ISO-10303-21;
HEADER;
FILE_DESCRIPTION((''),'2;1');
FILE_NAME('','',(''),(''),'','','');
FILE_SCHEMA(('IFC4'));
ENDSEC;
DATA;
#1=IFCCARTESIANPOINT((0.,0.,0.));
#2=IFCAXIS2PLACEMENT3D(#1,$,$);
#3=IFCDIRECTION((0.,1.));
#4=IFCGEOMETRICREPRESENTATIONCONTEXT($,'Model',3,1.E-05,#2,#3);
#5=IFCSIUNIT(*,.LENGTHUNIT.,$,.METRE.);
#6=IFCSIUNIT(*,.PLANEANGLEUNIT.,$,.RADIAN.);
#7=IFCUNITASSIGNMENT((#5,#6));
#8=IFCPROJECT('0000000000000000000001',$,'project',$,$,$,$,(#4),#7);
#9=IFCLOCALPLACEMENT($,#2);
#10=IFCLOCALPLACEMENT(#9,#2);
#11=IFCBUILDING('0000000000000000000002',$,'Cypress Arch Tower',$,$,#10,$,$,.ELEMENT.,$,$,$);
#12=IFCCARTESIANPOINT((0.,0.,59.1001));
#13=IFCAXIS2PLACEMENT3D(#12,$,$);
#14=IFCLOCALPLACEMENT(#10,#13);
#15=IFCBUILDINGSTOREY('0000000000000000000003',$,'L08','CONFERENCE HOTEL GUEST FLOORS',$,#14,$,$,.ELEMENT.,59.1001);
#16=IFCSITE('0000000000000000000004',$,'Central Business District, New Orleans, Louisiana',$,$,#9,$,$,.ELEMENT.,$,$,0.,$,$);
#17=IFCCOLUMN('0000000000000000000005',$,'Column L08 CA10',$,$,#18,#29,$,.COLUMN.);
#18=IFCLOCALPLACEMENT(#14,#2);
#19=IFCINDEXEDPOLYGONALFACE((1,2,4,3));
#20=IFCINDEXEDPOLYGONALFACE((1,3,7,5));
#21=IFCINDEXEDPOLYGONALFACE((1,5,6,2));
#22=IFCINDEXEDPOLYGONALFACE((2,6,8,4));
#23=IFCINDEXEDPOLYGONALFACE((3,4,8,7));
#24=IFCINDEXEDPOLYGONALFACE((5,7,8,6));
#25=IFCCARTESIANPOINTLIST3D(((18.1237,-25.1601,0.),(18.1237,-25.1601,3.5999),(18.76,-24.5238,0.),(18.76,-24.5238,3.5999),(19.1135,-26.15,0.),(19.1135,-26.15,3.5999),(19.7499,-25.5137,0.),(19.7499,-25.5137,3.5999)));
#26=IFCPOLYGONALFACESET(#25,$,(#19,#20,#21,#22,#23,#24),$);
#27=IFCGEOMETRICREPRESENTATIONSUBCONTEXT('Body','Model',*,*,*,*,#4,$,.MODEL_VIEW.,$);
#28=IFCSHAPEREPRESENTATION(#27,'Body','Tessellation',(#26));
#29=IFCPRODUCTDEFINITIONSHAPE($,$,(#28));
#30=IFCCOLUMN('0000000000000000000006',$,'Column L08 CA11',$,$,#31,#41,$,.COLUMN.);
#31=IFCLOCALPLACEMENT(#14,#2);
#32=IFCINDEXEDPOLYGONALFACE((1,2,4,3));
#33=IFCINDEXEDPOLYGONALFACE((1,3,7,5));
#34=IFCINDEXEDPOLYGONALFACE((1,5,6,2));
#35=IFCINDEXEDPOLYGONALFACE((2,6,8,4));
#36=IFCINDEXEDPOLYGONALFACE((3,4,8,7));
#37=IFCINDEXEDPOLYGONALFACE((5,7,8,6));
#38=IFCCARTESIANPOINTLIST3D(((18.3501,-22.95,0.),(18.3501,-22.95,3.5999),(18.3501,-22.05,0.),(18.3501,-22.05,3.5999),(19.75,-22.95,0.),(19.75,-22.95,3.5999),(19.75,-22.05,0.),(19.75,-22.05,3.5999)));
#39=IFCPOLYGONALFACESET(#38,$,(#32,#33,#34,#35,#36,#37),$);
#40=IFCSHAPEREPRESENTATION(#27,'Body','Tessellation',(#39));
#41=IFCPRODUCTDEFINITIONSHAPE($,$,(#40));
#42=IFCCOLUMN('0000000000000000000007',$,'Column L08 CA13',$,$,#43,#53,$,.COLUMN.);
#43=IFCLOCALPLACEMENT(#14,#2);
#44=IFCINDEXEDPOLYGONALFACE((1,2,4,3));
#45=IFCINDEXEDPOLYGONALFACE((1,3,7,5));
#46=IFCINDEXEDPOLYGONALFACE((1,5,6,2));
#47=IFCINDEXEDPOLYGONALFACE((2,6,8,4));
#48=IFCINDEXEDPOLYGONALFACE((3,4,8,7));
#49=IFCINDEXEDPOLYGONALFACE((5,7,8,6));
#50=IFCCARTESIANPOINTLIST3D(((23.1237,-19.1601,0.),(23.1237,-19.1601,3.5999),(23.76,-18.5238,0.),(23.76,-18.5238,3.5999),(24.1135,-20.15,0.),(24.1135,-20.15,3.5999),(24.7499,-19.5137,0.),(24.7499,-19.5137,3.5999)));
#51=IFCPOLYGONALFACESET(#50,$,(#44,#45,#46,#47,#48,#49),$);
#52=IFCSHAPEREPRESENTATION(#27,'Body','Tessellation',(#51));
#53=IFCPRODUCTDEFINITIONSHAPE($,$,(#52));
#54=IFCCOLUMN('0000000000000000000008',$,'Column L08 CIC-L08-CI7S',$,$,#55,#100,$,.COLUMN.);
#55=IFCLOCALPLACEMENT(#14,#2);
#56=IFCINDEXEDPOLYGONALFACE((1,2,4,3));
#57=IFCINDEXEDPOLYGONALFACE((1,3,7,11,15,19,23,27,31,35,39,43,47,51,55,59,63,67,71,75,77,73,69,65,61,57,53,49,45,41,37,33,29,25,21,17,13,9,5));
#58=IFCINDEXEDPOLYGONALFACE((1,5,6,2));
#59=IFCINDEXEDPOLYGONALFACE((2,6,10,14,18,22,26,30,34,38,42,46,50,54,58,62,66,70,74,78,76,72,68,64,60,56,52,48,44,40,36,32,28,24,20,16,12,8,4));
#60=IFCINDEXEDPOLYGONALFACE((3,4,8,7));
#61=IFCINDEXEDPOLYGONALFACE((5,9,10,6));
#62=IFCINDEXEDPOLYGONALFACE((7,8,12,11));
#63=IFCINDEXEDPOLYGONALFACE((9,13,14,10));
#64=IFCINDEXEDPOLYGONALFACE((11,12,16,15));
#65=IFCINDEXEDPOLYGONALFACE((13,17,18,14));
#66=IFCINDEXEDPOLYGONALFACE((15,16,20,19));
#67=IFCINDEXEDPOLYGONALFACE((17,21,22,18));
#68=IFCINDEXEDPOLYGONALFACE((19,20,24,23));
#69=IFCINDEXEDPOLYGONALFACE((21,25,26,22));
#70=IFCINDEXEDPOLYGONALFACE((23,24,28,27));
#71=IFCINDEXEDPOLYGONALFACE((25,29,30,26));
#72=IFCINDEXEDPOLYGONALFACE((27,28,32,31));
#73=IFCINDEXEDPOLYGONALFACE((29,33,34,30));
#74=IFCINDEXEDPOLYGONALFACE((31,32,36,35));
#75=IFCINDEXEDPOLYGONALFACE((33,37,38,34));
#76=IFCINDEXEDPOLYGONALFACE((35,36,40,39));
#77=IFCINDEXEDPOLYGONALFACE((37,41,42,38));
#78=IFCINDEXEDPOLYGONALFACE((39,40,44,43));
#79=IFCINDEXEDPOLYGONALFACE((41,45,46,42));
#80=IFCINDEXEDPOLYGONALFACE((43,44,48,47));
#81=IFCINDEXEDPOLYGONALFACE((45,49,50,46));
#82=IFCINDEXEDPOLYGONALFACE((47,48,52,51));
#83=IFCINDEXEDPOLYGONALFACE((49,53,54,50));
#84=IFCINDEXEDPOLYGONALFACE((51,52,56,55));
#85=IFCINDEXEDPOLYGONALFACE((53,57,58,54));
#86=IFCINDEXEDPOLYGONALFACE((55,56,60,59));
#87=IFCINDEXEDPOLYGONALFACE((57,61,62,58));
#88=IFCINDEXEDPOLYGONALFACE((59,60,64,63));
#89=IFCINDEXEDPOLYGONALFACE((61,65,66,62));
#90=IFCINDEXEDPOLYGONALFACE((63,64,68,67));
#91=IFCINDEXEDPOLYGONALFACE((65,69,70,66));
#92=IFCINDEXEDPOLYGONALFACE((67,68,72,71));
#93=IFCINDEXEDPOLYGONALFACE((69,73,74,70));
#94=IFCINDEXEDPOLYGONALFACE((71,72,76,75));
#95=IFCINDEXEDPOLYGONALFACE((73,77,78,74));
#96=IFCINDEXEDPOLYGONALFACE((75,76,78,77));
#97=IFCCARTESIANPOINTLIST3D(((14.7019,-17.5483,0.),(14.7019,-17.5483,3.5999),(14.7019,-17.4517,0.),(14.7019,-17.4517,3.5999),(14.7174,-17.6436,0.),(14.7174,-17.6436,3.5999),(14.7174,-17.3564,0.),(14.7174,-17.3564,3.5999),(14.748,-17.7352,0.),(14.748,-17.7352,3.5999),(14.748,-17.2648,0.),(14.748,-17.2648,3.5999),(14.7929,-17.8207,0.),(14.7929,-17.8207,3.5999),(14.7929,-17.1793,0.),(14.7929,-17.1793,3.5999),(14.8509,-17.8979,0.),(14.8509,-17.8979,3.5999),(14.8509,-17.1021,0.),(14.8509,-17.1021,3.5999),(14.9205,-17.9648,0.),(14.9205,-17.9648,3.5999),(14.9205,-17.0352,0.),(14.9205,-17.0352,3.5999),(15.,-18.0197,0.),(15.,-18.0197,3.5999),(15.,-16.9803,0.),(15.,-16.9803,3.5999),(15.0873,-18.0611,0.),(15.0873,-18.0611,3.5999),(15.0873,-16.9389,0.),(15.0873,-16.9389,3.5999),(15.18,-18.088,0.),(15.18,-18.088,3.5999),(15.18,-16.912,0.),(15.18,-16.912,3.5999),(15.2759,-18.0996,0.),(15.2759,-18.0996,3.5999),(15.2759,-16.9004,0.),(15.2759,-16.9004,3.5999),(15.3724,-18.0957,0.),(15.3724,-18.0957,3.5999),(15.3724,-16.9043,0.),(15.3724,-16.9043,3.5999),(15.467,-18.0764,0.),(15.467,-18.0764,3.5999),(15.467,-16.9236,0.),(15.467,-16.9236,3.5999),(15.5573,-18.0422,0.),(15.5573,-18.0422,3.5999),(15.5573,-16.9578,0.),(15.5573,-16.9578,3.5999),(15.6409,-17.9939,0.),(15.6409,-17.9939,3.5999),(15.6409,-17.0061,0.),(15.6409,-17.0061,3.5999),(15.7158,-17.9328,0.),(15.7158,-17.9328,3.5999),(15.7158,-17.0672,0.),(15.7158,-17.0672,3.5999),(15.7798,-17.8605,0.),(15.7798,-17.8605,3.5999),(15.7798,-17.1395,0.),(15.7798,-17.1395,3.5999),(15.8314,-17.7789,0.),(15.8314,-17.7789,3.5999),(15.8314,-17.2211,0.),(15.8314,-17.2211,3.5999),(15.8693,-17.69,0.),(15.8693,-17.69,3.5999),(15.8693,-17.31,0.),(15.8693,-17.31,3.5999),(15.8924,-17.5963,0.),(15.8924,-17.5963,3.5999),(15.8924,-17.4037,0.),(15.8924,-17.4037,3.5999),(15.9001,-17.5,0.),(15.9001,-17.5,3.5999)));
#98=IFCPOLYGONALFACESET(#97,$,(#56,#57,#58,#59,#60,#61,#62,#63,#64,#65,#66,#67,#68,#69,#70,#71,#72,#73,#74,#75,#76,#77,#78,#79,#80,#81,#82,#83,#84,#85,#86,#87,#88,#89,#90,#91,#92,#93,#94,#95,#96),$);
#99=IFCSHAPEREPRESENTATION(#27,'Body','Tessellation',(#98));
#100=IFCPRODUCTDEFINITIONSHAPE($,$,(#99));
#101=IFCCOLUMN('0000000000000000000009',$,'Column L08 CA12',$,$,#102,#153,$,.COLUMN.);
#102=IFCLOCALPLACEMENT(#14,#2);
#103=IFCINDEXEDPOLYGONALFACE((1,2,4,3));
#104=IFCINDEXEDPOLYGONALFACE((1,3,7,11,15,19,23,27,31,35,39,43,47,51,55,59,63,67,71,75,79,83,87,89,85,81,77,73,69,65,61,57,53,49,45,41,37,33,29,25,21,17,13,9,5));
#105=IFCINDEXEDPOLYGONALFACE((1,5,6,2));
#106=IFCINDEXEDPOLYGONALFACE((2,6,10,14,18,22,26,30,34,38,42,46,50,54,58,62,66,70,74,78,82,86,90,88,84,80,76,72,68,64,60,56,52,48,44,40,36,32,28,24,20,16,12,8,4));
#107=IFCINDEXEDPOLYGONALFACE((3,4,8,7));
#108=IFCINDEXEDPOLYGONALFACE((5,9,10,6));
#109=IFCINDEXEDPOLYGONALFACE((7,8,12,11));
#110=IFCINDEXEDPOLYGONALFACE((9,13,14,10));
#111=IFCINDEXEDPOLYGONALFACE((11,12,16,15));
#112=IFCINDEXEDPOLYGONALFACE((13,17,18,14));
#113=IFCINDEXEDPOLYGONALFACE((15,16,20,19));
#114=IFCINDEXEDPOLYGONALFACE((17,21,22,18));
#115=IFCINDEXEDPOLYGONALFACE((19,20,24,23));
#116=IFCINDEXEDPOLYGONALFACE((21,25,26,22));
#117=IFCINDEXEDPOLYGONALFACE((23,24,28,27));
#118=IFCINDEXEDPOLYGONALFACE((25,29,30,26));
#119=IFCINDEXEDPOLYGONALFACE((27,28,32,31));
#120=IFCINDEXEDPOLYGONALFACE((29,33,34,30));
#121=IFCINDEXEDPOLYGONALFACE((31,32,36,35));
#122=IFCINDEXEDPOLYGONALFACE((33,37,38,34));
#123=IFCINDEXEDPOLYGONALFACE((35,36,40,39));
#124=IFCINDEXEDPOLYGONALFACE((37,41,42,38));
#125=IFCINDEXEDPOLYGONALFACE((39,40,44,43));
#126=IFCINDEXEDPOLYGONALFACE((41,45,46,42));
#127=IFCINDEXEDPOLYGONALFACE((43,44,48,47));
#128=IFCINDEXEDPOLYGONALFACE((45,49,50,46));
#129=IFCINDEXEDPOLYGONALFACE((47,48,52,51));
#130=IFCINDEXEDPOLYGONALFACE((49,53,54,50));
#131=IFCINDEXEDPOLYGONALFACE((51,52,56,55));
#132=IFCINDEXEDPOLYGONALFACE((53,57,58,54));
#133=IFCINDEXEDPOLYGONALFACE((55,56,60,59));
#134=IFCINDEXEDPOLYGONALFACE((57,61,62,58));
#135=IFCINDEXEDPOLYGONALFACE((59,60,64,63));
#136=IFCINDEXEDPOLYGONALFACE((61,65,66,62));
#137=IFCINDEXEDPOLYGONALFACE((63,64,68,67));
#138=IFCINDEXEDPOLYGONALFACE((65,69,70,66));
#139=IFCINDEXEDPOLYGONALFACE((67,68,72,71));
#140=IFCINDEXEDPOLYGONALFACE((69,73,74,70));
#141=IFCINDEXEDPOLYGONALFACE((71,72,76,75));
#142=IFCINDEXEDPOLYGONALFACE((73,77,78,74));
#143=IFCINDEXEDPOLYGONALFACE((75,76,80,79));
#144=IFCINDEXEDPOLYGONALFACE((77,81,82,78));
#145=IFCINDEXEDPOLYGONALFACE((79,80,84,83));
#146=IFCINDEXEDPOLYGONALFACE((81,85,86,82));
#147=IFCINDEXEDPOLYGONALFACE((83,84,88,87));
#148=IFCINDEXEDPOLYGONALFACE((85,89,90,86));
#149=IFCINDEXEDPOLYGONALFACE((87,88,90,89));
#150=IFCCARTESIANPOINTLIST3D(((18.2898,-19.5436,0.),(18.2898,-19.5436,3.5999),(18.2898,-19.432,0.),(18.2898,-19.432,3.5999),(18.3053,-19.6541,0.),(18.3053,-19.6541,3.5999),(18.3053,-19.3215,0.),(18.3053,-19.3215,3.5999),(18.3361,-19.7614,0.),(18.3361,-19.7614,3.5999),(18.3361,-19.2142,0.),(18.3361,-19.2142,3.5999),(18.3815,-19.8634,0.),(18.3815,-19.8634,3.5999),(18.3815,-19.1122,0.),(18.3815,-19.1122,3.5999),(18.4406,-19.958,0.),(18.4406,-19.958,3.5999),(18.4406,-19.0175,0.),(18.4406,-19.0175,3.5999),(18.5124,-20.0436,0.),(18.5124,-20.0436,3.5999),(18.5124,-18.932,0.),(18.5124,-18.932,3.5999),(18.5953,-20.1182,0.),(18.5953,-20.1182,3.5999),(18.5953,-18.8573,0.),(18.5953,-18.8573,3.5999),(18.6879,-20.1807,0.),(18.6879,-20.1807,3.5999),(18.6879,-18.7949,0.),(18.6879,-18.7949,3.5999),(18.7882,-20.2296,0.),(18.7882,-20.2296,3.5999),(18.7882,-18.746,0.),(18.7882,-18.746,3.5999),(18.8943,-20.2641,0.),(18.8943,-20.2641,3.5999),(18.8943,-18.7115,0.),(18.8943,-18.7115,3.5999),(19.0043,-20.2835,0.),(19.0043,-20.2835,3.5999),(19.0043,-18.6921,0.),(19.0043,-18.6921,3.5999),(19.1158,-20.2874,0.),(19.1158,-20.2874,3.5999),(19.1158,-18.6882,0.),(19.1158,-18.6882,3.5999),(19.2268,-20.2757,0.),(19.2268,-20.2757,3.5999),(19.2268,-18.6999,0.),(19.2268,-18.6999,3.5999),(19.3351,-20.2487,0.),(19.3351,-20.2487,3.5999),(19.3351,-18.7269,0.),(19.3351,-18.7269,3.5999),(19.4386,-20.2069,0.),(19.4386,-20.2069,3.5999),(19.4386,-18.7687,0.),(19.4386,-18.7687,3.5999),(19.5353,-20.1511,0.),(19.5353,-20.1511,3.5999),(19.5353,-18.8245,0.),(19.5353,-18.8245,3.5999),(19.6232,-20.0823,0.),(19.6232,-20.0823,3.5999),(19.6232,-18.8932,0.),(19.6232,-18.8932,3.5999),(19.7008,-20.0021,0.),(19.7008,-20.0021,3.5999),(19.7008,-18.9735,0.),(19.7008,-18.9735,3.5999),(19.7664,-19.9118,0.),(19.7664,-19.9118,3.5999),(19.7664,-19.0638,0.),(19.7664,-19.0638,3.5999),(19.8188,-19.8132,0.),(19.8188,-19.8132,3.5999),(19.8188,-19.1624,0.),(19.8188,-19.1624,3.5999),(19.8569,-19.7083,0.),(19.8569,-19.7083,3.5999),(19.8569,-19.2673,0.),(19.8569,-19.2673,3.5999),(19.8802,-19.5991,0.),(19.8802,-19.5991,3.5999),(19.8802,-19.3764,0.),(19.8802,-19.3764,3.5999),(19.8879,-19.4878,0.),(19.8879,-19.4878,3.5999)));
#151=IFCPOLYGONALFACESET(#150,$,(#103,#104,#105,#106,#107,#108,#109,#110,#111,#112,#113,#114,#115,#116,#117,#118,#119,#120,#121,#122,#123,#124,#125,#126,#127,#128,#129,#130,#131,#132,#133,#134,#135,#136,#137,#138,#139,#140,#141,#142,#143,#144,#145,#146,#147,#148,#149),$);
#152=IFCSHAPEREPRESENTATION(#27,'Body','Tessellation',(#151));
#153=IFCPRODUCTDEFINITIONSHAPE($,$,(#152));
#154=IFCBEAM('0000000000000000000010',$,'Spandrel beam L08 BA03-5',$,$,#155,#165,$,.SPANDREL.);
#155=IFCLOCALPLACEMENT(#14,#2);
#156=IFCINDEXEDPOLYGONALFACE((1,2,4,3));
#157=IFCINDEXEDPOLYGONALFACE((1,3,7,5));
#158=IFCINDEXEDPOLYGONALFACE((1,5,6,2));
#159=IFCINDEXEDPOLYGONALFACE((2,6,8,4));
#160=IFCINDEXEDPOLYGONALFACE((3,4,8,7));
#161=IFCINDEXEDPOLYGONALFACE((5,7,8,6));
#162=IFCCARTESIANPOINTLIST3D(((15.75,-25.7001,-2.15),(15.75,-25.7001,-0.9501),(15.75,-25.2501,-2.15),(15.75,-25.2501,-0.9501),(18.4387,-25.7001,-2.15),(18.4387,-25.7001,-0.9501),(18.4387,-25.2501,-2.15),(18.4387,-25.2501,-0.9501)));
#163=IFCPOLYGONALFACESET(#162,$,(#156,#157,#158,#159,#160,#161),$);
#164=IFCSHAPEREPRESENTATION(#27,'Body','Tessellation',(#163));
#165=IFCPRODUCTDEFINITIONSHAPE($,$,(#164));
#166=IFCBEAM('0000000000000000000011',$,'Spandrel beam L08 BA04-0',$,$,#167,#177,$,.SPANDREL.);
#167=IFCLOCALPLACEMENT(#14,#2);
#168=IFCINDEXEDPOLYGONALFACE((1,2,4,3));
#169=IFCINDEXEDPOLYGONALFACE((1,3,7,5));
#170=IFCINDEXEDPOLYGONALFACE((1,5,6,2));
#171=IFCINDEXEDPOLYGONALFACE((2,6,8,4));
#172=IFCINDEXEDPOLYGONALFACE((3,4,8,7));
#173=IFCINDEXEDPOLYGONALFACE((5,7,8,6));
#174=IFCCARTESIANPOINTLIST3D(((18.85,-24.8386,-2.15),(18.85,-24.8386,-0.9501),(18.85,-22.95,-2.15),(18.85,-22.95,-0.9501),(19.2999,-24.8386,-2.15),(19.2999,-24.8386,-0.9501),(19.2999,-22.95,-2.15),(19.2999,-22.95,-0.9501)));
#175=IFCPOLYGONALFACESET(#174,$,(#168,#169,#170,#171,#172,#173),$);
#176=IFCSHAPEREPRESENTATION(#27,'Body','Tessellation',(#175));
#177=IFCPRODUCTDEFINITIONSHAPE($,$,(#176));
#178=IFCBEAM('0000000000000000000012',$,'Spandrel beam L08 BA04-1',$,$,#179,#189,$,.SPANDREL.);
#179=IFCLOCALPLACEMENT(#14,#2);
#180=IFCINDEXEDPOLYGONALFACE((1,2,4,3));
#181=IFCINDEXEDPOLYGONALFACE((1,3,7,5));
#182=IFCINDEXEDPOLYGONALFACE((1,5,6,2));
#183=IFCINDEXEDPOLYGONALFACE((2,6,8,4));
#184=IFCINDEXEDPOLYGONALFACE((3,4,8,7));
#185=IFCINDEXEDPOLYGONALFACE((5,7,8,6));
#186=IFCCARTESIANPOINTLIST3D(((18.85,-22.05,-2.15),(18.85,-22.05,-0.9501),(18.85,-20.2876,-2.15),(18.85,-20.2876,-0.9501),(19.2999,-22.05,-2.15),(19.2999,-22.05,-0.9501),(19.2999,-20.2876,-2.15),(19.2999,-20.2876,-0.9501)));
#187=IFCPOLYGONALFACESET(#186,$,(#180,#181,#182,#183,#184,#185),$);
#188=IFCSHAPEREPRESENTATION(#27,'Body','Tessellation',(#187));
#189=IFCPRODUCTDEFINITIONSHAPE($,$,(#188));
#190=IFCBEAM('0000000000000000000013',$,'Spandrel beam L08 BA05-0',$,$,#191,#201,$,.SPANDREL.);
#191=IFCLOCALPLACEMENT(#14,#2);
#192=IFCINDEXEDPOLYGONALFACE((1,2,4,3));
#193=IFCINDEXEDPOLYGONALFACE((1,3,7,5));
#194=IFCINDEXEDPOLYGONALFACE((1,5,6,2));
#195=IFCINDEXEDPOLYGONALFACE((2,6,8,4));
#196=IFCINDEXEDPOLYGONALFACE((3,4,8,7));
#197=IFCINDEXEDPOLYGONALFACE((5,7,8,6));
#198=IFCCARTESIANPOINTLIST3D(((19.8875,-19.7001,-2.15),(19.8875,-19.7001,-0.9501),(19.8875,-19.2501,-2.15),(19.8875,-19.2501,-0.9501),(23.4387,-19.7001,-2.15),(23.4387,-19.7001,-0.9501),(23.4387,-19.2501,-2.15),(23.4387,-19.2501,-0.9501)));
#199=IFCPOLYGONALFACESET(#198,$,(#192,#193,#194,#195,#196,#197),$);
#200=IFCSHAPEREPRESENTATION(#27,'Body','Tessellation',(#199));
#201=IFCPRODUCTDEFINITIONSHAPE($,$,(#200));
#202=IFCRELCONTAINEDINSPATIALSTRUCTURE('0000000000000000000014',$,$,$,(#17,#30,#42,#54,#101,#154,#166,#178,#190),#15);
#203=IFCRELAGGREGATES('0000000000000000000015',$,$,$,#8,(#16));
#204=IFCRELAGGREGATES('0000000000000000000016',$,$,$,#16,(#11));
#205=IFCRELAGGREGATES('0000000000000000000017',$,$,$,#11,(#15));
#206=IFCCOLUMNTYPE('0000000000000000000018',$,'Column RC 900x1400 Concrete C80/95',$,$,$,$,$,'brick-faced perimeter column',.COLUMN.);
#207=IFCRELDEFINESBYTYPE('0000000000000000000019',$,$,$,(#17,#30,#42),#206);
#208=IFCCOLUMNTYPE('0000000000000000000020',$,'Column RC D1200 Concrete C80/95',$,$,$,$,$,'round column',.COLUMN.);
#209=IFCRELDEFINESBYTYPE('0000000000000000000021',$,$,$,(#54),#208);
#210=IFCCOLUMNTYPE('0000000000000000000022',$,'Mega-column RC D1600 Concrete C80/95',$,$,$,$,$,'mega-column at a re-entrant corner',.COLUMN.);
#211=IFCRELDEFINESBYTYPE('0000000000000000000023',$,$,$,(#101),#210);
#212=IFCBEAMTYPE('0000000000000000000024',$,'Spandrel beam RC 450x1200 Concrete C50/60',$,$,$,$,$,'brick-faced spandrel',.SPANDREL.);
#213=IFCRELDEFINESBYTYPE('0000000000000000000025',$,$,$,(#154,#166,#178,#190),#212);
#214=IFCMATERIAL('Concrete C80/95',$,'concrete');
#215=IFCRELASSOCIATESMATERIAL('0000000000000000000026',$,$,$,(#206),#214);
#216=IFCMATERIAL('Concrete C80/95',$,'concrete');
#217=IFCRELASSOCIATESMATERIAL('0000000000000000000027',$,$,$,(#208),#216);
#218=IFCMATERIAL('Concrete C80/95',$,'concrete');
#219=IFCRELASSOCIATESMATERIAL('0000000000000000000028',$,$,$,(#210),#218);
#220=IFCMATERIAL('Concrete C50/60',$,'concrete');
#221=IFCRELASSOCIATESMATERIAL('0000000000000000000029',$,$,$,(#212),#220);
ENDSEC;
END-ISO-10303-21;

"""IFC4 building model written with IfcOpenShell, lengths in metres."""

from ifc_helpers import new_model, si_unit, direction, frame, origin, origin_2d, place, context, subcontext, project, spatial, rectangle, circle, extrude, material, material_profile, profile_set, type_object, element, save


model = new_model("IFC4")

# Units and contexts
model_context = context("Model", 3, precision=1e-05, world=origin(), true_north=direction((0.0, 1.0)))
body_context = subcontext(model_context, "Body", "Model", "MODEL_VIEW")
ifc_project = project(units=[si_unit("LENGTHUNIT", "METRE"), si_unit("PLANEANGLEUNIT", "RADIAN")], contexts=[model_context])

# Site, building, storey
site_placement = place(None, origin())
site = spatial("IfcSite", under=ifc_project, at=site_placement, Name="Central Business District, New Orleans, Louisiana", CompositionType="ELEMENT", RefElevation=0.0)
building_placement = place(site_placement, origin())
building = spatial("IfcBuilding", under=site, at=building_placement, Name="Cypress Arch Tower", CompositionType="ELEMENT")
storey_placement = place(building_placement, frame((0.0, 0.0, 59.1001)))
storey = spatial("IfcBuildingStorey", under=building, at=storey_placement, Name="L08", Description="CONFERENCE HOTEL GUEST FLOORS", CompositionType="ELEMENT", Elevation=59.1001)

# Columns
ifc_material_1 = material(Name="Concrete C80/95", Category="concrete")
ifc_material_profile_1 = material_profile(ifc_material_1, rectangle(XDim=0.8999, YDim=1.3999, at=origin_2d()), Name="RC 900x1400")
ifc_profile_set_1 = profile_set([ifc_material_profile_1], Name="Concrete C80/95")
column_type_1 = type_object("IfcColumnType", Name="Column RC 900x1400 Concrete C80/95", ElementType="brick-faced perimeter column", PredefinedType="COLUMN", material=ifc_profile_set_1)
for number, where, z_axis, x_axis, name in (
    (1, (18.9368, -25.3369, 0.0), (0.0, 0.0, 1.0), (0.707107, 0.707107, 0.0), "Column L08 CA10"),
    (2, (19.05, -22.5, 0.0), (0.0, 0.0, 1.0), (0.0, 1.0, 0.0), "Column L08 CA11"),
    (3, (23.9368, -19.3369, 0.0), (0.0, 0.0, 1.0), (0.707107, 0.707107, 0.0), "Column L08 CA13"),
):
    element("IfcColumn", number, at=place(storey_placement, frame(where, z_axis=z_axis, x_axis=x_axis)), inside=storey, type_object=column_type_1, Name=name, PredefinedType="COLUMN", context=body_context, shape_type="SweptSolid", body=[
        extrude(rectangle(XDim=0.8999, YDim=1.3999, at=origin_2d()), origin(), (0.0, 0.0, 1.0), 3.5999),
    ])
ifc_material_2 = material(Name="Concrete C80/95", Category="concrete")
ifc_material_profile_2 = material_profile(ifc_material_2, circle(Radius=0.6001, at=origin_2d()), Name="RC D1200")
ifc_profile_set_2 = profile_set([ifc_material_profile_2], Name="Concrete C80/95")
column_type_2 = type_object("IfcColumnType", Name="Column RC D1200 Concrete C80/95", ElementType="round column", PredefinedType="COLUMN", material=ifc_profile_set_2)
column_1_placement = place(storey_placement, frame((15.3, -17.5, 0.0), z_axis=(0.0, 0.0, 1.0), x_axis=(1.0, 0.0, 0.0)))
element("IfcColumn", 4, at=column_1_placement, inside=storey, type_object=column_type_2, Name="Column L08 CIC-L08-CI7S", PredefinedType="COLUMN", context=body_context, shape_type="SweptSolid", body=[
    extrude(circle(Radius=0.6001, at=origin_2d()), origin(), (0.0, 0.0, 1.0), 3.5999),
])
ifc_material_3 = material(Name="Concrete C80/95", Category="concrete")
ifc_material_profile_3 = material_profile(ifc_material_3, circle(Radius=0.8, at=origin_2d()), Name="RC D1600")
ifc_profile_set_3 = profile_set([ifc_material_profile_3], Name="Concrete C80/95")
column_type_3 = type_object("IfcColumnType", Name="Mega-column RC D1600 Concrete C80/95", ElementType="mega-column at a re-entrant corner", PredefinedType="COLUMN", material=ifc_profile_set_3)
column_2_placement = place(storey_placement, frame((19.0879, -19.4878, 0.0), z_axis=(0.0, 0.0, 1.0), x_axis=(1.0, 0.0, 0.0)))
element("IfcColumn", 5, at=column_2_placement, inside=storey, type_object=column_type_3, Name="Column L08 CA12", PredefinedType="COLUMN", context=body_context, shape_type="SweptSolid", body=[
    extrude(circle(Radius=0.8, at=origin_2d()), origin(), (0.0, 0.0, 1.0), 3.5999),
])

# Beams
ifc_material_4 = material(Name="Concrete C50/60", Category="concrete")
ifc_material_profile_4 = material_profile(ifc_material_4, rectangle(XDim=0.45, YDim=1.2, at=origin_2d()), Name="RC 450x1200")
ifc_profile_set_4 = profile_set([ifc_material_profile_4], Name="Concrete C50/60")
beam_type = type_object("IfcBeamType", Name="Spandrel beam RC 450x1200 Concrete C50/60", ElementType="brick-faced spandrel", PredefinedType="SPANDREL", material=ifc_profile_set_4)
beam_1_placement = place(storey_placement, frame((15.75, -25.4751, -1.55), z_axis=(1.0, 0.0, 0.0), x_axis=(0.0, 1.0, 0.0)))
element("IfcBeam", 6, at=beam_1_placement, inside=storey, type_object=beam_type, Name="Spandrel beam L08 BA03-5", PredefinedType="SPANDREL", context=body_context, shape_type="SweptSolid", body=[
    extrude(rectangle(XDim=0.45, YDim=1.2, at=origin_2d()), origin(), (0.0, 0.0, 1.0), 2.6887),
])
beam_2_placement = place(storey_placement, frame((19.075, -24.8386, -1.55), z_axis=(0.0, 1.0, 0.0), x_axis=(-1.0, 0.0, 0.0)))
element("IfcBeam", 7, at=beam_2_placement, inside=storey, type_object=beam_type, Name="Spandrel beam L08 BA04-0", PredefinedType="SPANDREL", context=body_context, shape_type="SweptSolid", body=[
    extrude(rectangle(XDim=0.45, YDim=1.2, at=origin_2d()), origin(), (0.0, 0.0, 1.0), 1.8887),
])
beam_3_placement = place(storey_placement, frame((19.075, -22.05, -1.55), z_axis=(0.0, 1.0, 0.0), x_axis=(-1.0, 0.0, 0.0)))
element("IfcBeam", 8, at=beam_3_placement, inside=storey, type_object=beam_type, Name="Spandrel beam L08 BA04-1", PredefinedType="SPANDREL", context=body_context, shape_type="SweptSolid", body=[
    extrude(rectangle(XDim=0.45, YDim=1.2, at=origin_2d()), origin(), (0.0, 0.0, 1.0), 1.7625),
])
beam_4_placement = place(storey_placement, frame((19.8875, -19.4751, -1.55), z_axis=(1.0, 0.0, 0.0), x_axis=(0.0, 1.0, 0.0)))
element("IfcBeam", 9, at=beam_4_placement, inside=storey, type_object=beam_type, Name="Spandrel beam L08 BA05-0", PredefinedType="SPANDREL", context=body_context, shape_type="SweptSolid", body=[
    extrude(rectangle(XDim=0.45, YDim=1.2, at=origin_2d()), origin(), (0.0, 0.0, 1.0), 3.5513),
])

save(model, "model.ifc")
